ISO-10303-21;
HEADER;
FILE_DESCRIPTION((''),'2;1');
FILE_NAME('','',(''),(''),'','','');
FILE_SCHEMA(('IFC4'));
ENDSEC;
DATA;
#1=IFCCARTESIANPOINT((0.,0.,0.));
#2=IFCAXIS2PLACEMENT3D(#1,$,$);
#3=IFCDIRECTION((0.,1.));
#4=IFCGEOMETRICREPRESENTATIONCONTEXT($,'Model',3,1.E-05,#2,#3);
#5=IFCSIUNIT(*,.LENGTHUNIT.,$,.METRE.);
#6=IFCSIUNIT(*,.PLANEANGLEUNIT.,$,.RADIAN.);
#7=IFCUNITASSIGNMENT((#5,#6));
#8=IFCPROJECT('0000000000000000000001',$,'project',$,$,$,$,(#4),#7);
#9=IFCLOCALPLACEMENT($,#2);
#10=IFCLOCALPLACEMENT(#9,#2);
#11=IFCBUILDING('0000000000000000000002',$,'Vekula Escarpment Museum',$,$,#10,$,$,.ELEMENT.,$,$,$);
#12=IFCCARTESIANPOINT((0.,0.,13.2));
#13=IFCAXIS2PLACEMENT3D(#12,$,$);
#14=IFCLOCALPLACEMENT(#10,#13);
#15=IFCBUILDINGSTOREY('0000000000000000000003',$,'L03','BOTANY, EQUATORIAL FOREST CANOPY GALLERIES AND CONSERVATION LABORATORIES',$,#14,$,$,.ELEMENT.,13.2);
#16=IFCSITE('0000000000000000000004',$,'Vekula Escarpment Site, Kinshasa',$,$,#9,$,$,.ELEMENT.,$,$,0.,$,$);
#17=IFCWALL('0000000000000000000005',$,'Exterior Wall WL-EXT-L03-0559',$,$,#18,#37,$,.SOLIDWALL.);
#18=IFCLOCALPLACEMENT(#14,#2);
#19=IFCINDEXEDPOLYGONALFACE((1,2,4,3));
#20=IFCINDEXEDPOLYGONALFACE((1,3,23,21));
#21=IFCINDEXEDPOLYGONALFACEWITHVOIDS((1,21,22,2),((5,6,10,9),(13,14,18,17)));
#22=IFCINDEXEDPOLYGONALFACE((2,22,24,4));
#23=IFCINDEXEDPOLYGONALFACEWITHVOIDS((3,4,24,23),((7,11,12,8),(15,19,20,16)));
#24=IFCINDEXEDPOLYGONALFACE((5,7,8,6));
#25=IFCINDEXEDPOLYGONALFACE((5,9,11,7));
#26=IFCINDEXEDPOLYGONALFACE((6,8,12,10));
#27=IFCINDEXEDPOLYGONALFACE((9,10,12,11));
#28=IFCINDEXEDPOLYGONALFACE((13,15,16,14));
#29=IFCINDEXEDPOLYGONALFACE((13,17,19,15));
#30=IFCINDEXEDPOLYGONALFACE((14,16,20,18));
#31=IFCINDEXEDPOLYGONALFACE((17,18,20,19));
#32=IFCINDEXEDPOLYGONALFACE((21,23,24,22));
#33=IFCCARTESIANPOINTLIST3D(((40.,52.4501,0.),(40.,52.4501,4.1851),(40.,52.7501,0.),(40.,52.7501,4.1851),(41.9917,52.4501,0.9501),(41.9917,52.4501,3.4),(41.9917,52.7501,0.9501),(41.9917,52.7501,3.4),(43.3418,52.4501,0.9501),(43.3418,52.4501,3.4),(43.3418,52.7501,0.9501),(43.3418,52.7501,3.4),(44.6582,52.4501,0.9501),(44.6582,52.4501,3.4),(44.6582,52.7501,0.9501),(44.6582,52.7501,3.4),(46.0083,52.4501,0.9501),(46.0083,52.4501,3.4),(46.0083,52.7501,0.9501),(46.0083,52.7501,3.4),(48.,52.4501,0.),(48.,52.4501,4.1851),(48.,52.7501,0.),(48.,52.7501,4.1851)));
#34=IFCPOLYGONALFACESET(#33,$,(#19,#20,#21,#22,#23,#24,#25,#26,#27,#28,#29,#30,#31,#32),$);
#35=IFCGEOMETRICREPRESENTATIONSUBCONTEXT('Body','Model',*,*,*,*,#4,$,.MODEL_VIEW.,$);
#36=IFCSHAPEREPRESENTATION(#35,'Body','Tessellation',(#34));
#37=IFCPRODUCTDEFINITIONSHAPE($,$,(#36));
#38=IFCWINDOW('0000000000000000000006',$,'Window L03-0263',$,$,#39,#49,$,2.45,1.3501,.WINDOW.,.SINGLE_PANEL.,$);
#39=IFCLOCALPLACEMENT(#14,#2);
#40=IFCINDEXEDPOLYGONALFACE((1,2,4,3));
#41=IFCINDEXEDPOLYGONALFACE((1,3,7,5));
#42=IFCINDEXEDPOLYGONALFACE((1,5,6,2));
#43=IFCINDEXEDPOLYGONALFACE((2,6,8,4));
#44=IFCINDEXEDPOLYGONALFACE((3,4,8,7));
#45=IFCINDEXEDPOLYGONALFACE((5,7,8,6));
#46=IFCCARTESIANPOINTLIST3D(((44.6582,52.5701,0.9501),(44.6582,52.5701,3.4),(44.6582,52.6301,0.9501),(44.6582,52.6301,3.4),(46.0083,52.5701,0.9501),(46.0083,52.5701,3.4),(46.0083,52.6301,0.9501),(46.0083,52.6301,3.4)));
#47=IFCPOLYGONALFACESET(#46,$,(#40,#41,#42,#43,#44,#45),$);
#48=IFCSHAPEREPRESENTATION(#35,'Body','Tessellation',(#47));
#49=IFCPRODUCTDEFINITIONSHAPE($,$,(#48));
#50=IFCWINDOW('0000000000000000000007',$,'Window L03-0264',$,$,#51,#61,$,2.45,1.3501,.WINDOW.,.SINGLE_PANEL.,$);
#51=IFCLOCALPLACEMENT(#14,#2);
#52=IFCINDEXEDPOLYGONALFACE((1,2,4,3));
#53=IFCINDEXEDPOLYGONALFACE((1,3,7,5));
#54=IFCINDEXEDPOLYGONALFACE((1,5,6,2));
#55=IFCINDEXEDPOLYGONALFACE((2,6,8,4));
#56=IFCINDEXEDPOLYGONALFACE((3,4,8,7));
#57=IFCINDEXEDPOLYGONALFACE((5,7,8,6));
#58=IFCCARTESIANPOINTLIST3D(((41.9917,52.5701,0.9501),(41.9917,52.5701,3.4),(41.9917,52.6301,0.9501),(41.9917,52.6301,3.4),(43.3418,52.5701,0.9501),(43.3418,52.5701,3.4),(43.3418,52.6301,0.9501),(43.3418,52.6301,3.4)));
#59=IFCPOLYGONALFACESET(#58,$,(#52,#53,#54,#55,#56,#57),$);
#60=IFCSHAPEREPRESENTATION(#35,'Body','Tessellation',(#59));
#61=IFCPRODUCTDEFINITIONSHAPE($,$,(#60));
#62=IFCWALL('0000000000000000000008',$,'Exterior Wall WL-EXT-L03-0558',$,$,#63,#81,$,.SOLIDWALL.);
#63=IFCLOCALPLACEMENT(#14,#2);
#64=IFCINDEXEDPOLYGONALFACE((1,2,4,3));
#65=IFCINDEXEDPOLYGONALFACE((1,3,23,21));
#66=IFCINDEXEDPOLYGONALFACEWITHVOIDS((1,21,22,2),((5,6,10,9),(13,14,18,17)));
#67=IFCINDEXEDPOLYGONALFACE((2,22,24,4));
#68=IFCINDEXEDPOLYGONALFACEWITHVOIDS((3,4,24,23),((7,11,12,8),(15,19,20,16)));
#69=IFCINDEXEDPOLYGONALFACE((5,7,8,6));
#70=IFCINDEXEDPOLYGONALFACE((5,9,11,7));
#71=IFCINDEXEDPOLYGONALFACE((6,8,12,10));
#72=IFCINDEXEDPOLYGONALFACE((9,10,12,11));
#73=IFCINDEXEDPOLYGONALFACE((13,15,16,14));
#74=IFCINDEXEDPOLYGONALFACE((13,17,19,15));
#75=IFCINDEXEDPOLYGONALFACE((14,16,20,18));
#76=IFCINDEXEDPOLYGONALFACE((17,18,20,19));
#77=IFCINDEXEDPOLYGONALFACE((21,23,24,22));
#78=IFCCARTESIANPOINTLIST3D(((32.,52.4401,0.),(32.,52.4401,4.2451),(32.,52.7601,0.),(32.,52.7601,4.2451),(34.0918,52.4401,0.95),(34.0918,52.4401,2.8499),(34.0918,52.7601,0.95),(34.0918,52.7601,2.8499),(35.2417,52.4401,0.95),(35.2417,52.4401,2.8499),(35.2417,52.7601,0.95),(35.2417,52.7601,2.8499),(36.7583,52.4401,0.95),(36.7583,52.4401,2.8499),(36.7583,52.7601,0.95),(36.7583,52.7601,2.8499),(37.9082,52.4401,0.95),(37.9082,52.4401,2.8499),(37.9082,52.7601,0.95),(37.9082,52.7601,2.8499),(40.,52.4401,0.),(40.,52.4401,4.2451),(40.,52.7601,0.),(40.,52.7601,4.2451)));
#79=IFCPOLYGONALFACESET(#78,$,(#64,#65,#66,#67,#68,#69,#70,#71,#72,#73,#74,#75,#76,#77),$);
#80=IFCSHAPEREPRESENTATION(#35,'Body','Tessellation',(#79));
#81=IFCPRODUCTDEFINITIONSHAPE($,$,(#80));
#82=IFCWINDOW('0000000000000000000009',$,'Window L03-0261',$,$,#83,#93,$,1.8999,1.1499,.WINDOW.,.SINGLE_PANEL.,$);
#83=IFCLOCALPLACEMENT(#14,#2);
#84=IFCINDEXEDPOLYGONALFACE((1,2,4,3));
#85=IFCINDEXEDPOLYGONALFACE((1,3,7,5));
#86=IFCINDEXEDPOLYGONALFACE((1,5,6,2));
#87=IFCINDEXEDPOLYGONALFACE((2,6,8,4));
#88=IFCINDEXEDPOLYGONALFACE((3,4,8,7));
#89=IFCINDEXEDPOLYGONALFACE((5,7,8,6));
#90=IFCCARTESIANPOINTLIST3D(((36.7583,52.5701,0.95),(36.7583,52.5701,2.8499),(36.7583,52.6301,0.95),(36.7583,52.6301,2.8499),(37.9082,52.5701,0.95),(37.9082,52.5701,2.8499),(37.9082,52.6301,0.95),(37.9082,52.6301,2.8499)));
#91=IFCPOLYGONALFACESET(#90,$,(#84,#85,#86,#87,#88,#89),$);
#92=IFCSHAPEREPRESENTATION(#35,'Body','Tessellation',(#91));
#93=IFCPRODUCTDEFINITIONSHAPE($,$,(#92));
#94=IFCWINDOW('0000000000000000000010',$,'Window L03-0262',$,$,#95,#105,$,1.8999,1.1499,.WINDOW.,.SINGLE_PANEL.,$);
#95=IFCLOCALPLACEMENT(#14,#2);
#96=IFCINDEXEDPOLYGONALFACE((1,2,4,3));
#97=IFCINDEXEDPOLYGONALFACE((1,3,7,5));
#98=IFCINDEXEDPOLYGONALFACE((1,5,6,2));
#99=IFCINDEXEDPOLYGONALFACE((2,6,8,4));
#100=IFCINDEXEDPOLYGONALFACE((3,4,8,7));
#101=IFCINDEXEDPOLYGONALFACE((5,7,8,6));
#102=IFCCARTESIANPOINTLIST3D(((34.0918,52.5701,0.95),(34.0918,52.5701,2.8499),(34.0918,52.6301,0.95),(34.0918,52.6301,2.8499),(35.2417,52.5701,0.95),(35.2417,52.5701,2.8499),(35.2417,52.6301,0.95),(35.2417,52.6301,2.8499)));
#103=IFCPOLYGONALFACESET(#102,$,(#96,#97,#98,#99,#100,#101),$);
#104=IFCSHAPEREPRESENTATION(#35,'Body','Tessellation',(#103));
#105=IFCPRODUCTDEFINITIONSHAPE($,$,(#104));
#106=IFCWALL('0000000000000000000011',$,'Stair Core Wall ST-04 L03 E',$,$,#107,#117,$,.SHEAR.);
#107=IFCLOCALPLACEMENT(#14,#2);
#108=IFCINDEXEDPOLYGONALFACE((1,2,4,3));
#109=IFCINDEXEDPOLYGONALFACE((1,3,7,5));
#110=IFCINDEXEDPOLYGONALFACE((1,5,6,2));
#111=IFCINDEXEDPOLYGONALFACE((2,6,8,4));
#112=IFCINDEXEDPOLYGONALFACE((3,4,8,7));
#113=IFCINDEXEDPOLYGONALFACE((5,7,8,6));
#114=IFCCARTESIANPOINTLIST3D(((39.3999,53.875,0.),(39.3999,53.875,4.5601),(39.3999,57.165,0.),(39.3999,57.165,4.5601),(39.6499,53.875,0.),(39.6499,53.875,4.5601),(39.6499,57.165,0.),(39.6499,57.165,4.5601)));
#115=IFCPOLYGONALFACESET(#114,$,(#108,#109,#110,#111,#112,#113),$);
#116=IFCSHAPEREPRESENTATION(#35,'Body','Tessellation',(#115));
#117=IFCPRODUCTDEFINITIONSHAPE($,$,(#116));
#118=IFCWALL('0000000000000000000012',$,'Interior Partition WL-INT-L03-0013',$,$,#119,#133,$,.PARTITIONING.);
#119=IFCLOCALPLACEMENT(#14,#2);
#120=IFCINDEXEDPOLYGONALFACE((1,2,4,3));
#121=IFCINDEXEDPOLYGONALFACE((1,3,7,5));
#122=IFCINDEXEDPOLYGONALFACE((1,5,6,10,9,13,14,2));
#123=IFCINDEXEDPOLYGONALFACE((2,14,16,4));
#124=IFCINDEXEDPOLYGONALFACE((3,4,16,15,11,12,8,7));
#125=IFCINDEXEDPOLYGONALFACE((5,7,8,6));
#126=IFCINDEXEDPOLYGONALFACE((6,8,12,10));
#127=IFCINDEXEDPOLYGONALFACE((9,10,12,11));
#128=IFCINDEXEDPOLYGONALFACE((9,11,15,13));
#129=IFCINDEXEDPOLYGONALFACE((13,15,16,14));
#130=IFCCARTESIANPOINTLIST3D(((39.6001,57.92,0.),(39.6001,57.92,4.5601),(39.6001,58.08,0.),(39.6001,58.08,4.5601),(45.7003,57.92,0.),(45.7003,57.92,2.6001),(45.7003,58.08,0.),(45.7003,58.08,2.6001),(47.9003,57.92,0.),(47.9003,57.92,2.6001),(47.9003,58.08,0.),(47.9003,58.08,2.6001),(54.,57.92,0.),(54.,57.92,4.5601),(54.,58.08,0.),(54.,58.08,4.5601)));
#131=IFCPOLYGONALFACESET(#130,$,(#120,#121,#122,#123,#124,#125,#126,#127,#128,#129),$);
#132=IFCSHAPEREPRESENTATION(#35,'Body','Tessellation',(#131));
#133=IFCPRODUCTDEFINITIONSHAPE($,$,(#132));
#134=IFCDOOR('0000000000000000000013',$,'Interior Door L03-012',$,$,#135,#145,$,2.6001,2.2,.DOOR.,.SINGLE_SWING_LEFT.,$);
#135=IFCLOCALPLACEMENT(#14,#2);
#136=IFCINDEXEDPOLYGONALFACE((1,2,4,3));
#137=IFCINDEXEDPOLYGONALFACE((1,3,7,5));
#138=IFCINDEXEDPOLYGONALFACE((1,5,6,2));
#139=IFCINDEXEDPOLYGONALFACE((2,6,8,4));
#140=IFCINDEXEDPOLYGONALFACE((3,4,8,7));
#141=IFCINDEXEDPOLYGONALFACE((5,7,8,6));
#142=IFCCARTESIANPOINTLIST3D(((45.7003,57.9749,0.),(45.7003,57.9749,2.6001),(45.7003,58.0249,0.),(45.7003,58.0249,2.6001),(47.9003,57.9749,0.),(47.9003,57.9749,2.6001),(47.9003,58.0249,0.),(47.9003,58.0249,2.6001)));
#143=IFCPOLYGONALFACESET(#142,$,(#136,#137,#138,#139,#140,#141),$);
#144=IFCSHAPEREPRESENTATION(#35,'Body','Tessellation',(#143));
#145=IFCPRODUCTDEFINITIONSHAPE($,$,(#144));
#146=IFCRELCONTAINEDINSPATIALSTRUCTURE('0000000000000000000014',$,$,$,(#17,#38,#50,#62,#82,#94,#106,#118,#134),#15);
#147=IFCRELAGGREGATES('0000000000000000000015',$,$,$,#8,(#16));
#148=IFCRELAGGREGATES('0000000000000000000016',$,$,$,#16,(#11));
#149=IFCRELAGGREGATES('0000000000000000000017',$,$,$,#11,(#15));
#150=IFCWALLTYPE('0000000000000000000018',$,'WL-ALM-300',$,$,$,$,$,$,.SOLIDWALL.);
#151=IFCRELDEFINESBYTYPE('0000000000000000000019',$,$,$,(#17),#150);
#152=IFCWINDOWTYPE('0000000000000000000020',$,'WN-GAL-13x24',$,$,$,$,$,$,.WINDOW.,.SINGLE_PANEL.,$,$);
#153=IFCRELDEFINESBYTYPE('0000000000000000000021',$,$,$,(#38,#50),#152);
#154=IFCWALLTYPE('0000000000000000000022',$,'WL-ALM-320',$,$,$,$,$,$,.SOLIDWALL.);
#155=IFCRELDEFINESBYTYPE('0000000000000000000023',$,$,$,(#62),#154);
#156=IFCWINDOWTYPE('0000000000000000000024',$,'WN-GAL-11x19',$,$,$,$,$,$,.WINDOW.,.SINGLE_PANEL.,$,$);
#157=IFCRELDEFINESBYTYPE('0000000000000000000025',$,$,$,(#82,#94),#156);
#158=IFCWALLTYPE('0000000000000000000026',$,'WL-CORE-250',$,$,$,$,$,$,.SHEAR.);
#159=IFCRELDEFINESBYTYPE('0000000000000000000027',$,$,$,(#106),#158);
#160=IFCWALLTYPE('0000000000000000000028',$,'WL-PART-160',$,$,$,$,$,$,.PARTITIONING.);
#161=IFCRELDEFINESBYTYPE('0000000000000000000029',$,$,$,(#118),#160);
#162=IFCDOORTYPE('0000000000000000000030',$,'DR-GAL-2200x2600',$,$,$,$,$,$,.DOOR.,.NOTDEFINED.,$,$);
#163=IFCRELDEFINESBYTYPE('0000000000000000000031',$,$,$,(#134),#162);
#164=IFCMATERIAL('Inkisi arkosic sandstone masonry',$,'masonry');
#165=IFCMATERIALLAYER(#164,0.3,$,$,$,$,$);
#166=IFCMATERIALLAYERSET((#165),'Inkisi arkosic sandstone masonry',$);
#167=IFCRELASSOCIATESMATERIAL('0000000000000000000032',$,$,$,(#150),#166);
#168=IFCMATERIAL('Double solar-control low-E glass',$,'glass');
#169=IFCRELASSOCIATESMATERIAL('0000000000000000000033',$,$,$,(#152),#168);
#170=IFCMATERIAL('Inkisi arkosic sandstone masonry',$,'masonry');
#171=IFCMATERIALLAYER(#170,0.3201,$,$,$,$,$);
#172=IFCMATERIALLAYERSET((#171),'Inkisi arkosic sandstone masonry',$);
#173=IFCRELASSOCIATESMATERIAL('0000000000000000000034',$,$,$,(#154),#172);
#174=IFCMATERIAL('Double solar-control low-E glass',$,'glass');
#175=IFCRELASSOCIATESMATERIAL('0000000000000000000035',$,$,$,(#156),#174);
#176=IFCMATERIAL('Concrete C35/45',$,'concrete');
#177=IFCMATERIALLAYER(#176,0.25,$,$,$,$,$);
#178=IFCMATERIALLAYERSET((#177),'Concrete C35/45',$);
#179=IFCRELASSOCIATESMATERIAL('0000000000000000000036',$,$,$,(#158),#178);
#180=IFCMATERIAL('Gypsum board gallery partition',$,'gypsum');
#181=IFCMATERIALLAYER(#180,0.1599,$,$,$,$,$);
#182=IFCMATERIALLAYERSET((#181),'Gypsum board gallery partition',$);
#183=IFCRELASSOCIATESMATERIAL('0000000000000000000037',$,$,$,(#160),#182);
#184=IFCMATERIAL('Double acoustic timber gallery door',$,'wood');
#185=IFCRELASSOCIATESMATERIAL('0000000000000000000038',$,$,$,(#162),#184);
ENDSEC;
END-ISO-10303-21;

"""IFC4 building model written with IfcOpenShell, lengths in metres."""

from ifc_helpers import new_model, si_unit, direction, frame, frame_2d, origin, place, context, subcontext, project, spatial, rectangle, extrude, material, layer, layer_set, type_object, element, fill, save


model = new_model("IFC4")

# Units and contexts
model_context = context("Model", 3, precision=1e-05, world=origin(), true_north=direction((0.0, 1.0)))
body_context = subcontext(model_context, "Body", "Model", "MODEL_VIEW")
ifc_project = project(units=[si_unit("LENGTHUNIT", "METRE"), si_unit("PLANEANGLEUNIT", "RADIAN")], contexts=[model_context])

# Site, building, storey
site_placement = place(None, origin())
site = spatial("IfcSite", under=ifc_project, at=site_placement, Name="Vekula Escarpment Site, Kinshasa", CompositionType="ELEMENT", RefElevation=0.0)
building_placement = place(site_placement, origin())
building = spatial("IfcBuilding", under=site, at=building_placement, Name="Vekula Escarpment Museum", CompositionType="ELEMENT")
storey_placement = place(building_placement, frame((0.0, 0.0, 13.2)))
storey = spatial("IfcBuildingStorey", under=building, at=storey_placement, Name="L03", Description="BOTANY, EQUATORIAL FOREST CANOPY GALLERIES AND CONSERVATION LABORATORIES", CompositionType="ELEMENT", Elevation=13.2)

# Walls, openings, windows
ifc_material_1 = material(Name="Inkisi arkosic sandstone masonry", Category="masonry")
ifc_layer_1 = layer(ifc_material_1, 0.3)
ifc_layer_set_1 = layer_set([ifc_layer_1], Name="Inkisi arkosic sandstone masonry")
wall_type_1 = type_object("IfcWallType", Name="WL-ALM-300", PredefinedType="SOLIDWALL", material=ifc_layer_set_1)
wall_1_placement = place(storey_placement, frame((48.0, 52.6001, 0.0), z_axis=(0.0, 0.0, 1.0), x_axis=(-1.0, 0.0, 0.0)))
wall_1 = element("IfcWall", 1, at=wall_1_placement, inside=storey, type_object=wall_type_1, Name="Exterior Wall WL-EXT-L03-0559", PredefinedType="SOLIDWALL", context=body_context, shape_type="SweptSolid", body=[
    extrude(rectangle(XDim=8.0, YDim=0.3, at=frame_2d((4.0, 0.0))), origin(), (0.0, 0.0, 1.0), 4.1851),
])
opening_1_placement = place(wall_1_placement, frame((1.9917, 0.0, 0.95)))
opening_1 = element("IfcOpeningElement", 2, at=opening_1_placement, cuts=wall_1, PredefinedType="OPENING", context=body_context, shape_type="SweptSolid", body=[
    extrude(rectangle(XDim=1.3501, YDim=2.45, at=frame_2d((0.675, 1.2251))), frame((0.0, 0.1599, 0.0), z_axis=(0.0, -1.0, 0.0), x_axis=(1.0, 0.0, 0.0)), (0.0, 0.0, 1.0), 0.3201),
])
opening_2_placement = place(wall_1_placement, frame((4.6582, 0.0, 0.95)))
opening_2 = element("IfcOpeningElement", 3, at=opening_2_placement, cuts=wall_1, PredefinedType="OPENING", context=body_context, shape_type="SweptSolid", body=[
    extrude(rectangle(XDim=1.3501, YDim=2.45, at=frame_2d((0.675, 1.2251))), frame((0.0, 0.1599, 0.0), z_axis=(0.0, -1.0, 0.0), x_axis=(1.0, 0.0, 0.0)), (0.0, 0.0, 1.0), 0.3201),
])
ifc_material_2 = material(Name="Double solar-control low-E glass", Category="glass")
window_type_1 = type_object("IfcWindowType", Name="WN-GAL-13x24", PartitioningType="SINGLE_PANEL", PredefinedType="WINDOW", material=ifc_material_2)
window_1_placement = place(opening_1_placement, origin())
window_1 = element("IfcWindow", 4, at=window_1_placement, inside=storey, type_object=window_type_1, Name="Window L03-0263", OverallHeight=2.45, OverallWidth=1.3501, PartitioningType="SINGLE_PANEL", PredefinedType="WINDOW", context=body_context, shape_type="SweptSolid", body=[
    extrude(rectangle(XDim=1.3501, YDim=2.45, at=frame_2d((0.675, 1.2251))), frame((0.0, 0.03, 0.0), z_axis=(0.0, -1.0, 0.0), x_axis=(1.0, 0.0, 0.0)), (0.0, 0.0, 1.0), 0.0601),
])
fill(opening_1, window_1)
window_2_placement = place(opening_2_placement, origin())
window_2 = element("IfcWindow", 5, at=window_2_placement, inside=storey, type_object=window_type_1, Name="Window L03-0264", OverallHeight=2.45, OverallWidth=1.3501, PartitioningType="SINGLE_PANEL", PredefinedType="WINDOW", context=body_context, shape_type="SweptSolid", body=[
    extrude(rectangle(XDim=1.3501, YDim=2.45, at=frame_2d((0.675, 1.2251))), frame((0.0, 0.03, 0.0), z_axis=(0.0, -1.0, 0.0), x_axis=(1.0, 0.0, 0.0)), (0.0, 0.0, 1.0), 0.0601),
])
fill(opening_2, window_2)
ifc_material_3 = material(Name="Inkisi arkosic sandstone masonry", Category="masonry")
ifc_layer_2 = layer(ifc_material_3, 0.3201)
ifc_layer_set_2 = layer_set([ifc_layer_2], Name="Inkisi arkosic sandstone masonry")
wall_type_2 = type_object("IfcWallType", Name="WL-ALM-320", PredefinedType="SOLIDWALL", material=ifc_layer_set_2)
wall_2_placement = place(storey_placement, frame((40.0, 52.6001, 0.0), z_axis=(0.0, 0.0, 1.0), x_axis=(-1.0, 0.0, 0.0)))
wall_2 = element("IfcWall", 6, at=wall_2_placement, inside=storey, type_object=wall_type_2, Name="Exterior Wall WL-EXT-L03-0558", PredefinedType="SOLIDWALL", context=body_context, shape_type="SweptSolid", body=[
    extrude(rectangle(XDim=8.0, YDim=0.3201, at=frame_2d((4.0, 0.0))), origin(), (0.0, 0.0, 1.0), 4.2451),
])
opening_3_placement = place(wall_2_placement, frame((2.0918, 0.0, 0.95)))
opening_3 = element("IfcOpeningElement", 7, at=opening_3_placement, cuts=wall_2, PredefinedType="OPENING", context=body_context, shape_type="SweptSolid", body=[
    extrude(rectangle(XDim=1.1499, YDim=1.8999, at=frame_2d((0.575, 0.95))), frame((0.0, 0.1699, 0.0), z_axis=(0.0, -1.0, 0.0), x_axis=(1.0, 0.0, 0.0)), (0.0, 0.0, 1.0), 0.3401),
])
opening_4_placement = place(wall_2_placement, frame((4.7583, 0.0, 0.95)))
opening_4 = element("IfcOpeningElement", 8, at=opening_4_placement, cuts=wall_2, PredefinedType="OPENING", context=body_context, shape_type="SweptSolid", body=[
    extrude(rectangle(XDim=1.1499, YDim=1.8999, at=frame_2d((0.575, 0.95))), frame((0.0, 0.1699, 0.0), z_axis=(0.0, -1.0, 0.0), x_axis=(1.0, 0.0, 0.0)), (0.0, 0.0, 1.0), 0.3401),
])
ifc_material_4 = material(Name="Double solar-control low-E glass", Category="glass")
window_type_2 = type_object("IfcWindowType", Name="WN-GAL-11x19", PartitioningType="SINGLE_PANEL", PredefinedType="WINDOW", material=ifc_material_4)
window_3_placement = place(opening_3_placement, origin())
window_3 = element("IfcWindow", 9, at=window_3_placement, inside=storey, type_object=window_type_2, Name="Window L03-0261", OverallHeight=1.8999, OverallWidth=1.1499, PartitioningType="SINGLE_PANEL", PredefinedType="WINDOW", context=body_context, shape_type="SweptSolid", body=[
    extrude(rectangle(XDim=1.1499, YDim=1.8999, at=frame_2d((0.575, 0.95))), frame((0.0, 0.03, 0.0), z_axis=(0.0, -1.0, 0.0), x_axis=(1.0, 0.0, 0.0)), (0.0, 0.0, 1.0), 0.0601),
])
fill(opening_3, window_3)
window_4_placement = place(opening_4_placement, origin())
window_4 = element("IfcWindow", 10, at=window_4_placement, inside=storey, type_object=window_type_2, Name="Window L03-0262", OverallHeight=1.8999, OverallWidth=1.1499, PartitioningType="SINGLE_PANEL", PredefinedType="WINDOW", context=body_context, shape_type="SweptSolid", body=[
    extrude(rectangle(XDim=1.1499, YDim=1.8999, at=frame_2d((0.575, 0.95))), frame((0.0, 0.03, 0.0), z_axis=(0.0, -1.0, 0.0), x_axis=(1.0, 0.0, 0.0)), (0.0, 0.0, 1.0), 0.0601),
])
fill(opening_4, window_4)

# Wall
ifc_material_5 = material(Name="Concrete C35/45", Category="concrete")
ifc_layer_3 = layer(ifc_material_5, 0.25)
ifc_layer_set_3 = layer_set([ifc_layer_3], Name="Concrete C35/45")
wall_type_3 = type_object("IfcWallType", Name="WL-CORE-250", PredefinedType="SHEAR", material=ifc_layer_set_3)
wall_3_placement = place(storey_placement, frame((39.5249, 53.875, 0.0), z_axis=(0.0, 0.0, 1.0), x_axis=(0.0, 1.0, 0.0)))
element("IfcWall", 11, at=wall_3_placement, inside=storey, type_object=wall_type_3, Name="Stair Core Wall ST-04 L03 E", PredefinedType="SHEAR", context=body_context, shape_type="SweptSolid", body=[
    extrude(rectangle(XDim=3.29, YDim=0.25, at=frame_2d((1.645, 0.0))), origin(), (0.0, 0.0, 1.0), 4.5601),
])

# Wall, opening, door
ifc_material_6 = material(Name="Gypsum board gallery partition", Category="gypsum")
ifc_layer_4 = layer(ifc_material_6, 0.1599)
ifc_layer_set_4 = layer_set([ifc_layer_4], Name="Gypsum board gallery partition")
wall_type_4 = type_object("IfcWallType", Name="WL-PART-160", PredefinedType="PARTITIONING", material=ifc_layer_set_4)
wall_4_placement = place(storey_placement, frame((39.6001, 58.0, 0.0), z_axis=(0.0, 0.0, 1.0), x_axis=(1.0, 0.0, 0.0)))
wall_4 = element("IfcWall", 12, at=wall_4_placement, inside=storey, type_object=wall_type_4, Name="Interior Partition WL-INT-L03-0013", PredefinedType="PARTITIONING", context=body_context, shape_type="SweptSolid", body=[
    extrude(rectangle(XDim=14.3999, YDim=0.1599, at=frame_2d((7.2, 0.0))), origin(), (0.0, 0.0, 1.0), 4.5601),
])
opening_5_placement = place(wall_4_placement, frame((6.1001, 0.0, 0.0)))
opening_5 = element("IfcOpeningElement", 13, at=opening_5_placement, cuts=wall_4, PredefinedType="OPENING", context=body_context, shape_type="SweptSolid", body=[
    extrude(rectangle(XDim=2.2, YDim=2.6001, at=frame_2d((1.1001, 1.3))), frame((0.0, 0.0898, 0.0), z_axis=(0.0, -1.0, 0.0), x_axis=(1.0, 0.0, 0.0)), (0.0, 0.0, 1.0), 0.1799),
])
ifc_material_7 = material(Name="Double acoustic timber gallery door", Category="wood")
door_type = type_object("IfcDoorType", Name="DR-GAL-2200x2600", OperationType="NOTDEFINED", PredefinedType="DOOR", material=ifc_material_7)
door_placement = place(opening_5_placement, origin())
door = element("IfcDoor", 14, at=door_placement, inside=storey, type_object=door_type, Name="Interior Door L03-012", OperationType="SINGLE_SWING_LEFT", OverallHeight=2.6001, OverallWidth=2.2, PredefinedType="DOOR", context=body_context, shape_type="SweptSolid", body=[
    extrude(rectangle(XDim=2.2, YDim=2.6001, at=frame_2d((1.1001, 1.3))), frame((0.0, 0.0249, 0.0), z_axis=(0.0, -1.0, 0.0), x_axis=(1.0, 0.0, 0.0)), (0.0, 0.0, 1.0), 0.05),
])
fill(opening_5, door)

save(model, "model.ifc")
